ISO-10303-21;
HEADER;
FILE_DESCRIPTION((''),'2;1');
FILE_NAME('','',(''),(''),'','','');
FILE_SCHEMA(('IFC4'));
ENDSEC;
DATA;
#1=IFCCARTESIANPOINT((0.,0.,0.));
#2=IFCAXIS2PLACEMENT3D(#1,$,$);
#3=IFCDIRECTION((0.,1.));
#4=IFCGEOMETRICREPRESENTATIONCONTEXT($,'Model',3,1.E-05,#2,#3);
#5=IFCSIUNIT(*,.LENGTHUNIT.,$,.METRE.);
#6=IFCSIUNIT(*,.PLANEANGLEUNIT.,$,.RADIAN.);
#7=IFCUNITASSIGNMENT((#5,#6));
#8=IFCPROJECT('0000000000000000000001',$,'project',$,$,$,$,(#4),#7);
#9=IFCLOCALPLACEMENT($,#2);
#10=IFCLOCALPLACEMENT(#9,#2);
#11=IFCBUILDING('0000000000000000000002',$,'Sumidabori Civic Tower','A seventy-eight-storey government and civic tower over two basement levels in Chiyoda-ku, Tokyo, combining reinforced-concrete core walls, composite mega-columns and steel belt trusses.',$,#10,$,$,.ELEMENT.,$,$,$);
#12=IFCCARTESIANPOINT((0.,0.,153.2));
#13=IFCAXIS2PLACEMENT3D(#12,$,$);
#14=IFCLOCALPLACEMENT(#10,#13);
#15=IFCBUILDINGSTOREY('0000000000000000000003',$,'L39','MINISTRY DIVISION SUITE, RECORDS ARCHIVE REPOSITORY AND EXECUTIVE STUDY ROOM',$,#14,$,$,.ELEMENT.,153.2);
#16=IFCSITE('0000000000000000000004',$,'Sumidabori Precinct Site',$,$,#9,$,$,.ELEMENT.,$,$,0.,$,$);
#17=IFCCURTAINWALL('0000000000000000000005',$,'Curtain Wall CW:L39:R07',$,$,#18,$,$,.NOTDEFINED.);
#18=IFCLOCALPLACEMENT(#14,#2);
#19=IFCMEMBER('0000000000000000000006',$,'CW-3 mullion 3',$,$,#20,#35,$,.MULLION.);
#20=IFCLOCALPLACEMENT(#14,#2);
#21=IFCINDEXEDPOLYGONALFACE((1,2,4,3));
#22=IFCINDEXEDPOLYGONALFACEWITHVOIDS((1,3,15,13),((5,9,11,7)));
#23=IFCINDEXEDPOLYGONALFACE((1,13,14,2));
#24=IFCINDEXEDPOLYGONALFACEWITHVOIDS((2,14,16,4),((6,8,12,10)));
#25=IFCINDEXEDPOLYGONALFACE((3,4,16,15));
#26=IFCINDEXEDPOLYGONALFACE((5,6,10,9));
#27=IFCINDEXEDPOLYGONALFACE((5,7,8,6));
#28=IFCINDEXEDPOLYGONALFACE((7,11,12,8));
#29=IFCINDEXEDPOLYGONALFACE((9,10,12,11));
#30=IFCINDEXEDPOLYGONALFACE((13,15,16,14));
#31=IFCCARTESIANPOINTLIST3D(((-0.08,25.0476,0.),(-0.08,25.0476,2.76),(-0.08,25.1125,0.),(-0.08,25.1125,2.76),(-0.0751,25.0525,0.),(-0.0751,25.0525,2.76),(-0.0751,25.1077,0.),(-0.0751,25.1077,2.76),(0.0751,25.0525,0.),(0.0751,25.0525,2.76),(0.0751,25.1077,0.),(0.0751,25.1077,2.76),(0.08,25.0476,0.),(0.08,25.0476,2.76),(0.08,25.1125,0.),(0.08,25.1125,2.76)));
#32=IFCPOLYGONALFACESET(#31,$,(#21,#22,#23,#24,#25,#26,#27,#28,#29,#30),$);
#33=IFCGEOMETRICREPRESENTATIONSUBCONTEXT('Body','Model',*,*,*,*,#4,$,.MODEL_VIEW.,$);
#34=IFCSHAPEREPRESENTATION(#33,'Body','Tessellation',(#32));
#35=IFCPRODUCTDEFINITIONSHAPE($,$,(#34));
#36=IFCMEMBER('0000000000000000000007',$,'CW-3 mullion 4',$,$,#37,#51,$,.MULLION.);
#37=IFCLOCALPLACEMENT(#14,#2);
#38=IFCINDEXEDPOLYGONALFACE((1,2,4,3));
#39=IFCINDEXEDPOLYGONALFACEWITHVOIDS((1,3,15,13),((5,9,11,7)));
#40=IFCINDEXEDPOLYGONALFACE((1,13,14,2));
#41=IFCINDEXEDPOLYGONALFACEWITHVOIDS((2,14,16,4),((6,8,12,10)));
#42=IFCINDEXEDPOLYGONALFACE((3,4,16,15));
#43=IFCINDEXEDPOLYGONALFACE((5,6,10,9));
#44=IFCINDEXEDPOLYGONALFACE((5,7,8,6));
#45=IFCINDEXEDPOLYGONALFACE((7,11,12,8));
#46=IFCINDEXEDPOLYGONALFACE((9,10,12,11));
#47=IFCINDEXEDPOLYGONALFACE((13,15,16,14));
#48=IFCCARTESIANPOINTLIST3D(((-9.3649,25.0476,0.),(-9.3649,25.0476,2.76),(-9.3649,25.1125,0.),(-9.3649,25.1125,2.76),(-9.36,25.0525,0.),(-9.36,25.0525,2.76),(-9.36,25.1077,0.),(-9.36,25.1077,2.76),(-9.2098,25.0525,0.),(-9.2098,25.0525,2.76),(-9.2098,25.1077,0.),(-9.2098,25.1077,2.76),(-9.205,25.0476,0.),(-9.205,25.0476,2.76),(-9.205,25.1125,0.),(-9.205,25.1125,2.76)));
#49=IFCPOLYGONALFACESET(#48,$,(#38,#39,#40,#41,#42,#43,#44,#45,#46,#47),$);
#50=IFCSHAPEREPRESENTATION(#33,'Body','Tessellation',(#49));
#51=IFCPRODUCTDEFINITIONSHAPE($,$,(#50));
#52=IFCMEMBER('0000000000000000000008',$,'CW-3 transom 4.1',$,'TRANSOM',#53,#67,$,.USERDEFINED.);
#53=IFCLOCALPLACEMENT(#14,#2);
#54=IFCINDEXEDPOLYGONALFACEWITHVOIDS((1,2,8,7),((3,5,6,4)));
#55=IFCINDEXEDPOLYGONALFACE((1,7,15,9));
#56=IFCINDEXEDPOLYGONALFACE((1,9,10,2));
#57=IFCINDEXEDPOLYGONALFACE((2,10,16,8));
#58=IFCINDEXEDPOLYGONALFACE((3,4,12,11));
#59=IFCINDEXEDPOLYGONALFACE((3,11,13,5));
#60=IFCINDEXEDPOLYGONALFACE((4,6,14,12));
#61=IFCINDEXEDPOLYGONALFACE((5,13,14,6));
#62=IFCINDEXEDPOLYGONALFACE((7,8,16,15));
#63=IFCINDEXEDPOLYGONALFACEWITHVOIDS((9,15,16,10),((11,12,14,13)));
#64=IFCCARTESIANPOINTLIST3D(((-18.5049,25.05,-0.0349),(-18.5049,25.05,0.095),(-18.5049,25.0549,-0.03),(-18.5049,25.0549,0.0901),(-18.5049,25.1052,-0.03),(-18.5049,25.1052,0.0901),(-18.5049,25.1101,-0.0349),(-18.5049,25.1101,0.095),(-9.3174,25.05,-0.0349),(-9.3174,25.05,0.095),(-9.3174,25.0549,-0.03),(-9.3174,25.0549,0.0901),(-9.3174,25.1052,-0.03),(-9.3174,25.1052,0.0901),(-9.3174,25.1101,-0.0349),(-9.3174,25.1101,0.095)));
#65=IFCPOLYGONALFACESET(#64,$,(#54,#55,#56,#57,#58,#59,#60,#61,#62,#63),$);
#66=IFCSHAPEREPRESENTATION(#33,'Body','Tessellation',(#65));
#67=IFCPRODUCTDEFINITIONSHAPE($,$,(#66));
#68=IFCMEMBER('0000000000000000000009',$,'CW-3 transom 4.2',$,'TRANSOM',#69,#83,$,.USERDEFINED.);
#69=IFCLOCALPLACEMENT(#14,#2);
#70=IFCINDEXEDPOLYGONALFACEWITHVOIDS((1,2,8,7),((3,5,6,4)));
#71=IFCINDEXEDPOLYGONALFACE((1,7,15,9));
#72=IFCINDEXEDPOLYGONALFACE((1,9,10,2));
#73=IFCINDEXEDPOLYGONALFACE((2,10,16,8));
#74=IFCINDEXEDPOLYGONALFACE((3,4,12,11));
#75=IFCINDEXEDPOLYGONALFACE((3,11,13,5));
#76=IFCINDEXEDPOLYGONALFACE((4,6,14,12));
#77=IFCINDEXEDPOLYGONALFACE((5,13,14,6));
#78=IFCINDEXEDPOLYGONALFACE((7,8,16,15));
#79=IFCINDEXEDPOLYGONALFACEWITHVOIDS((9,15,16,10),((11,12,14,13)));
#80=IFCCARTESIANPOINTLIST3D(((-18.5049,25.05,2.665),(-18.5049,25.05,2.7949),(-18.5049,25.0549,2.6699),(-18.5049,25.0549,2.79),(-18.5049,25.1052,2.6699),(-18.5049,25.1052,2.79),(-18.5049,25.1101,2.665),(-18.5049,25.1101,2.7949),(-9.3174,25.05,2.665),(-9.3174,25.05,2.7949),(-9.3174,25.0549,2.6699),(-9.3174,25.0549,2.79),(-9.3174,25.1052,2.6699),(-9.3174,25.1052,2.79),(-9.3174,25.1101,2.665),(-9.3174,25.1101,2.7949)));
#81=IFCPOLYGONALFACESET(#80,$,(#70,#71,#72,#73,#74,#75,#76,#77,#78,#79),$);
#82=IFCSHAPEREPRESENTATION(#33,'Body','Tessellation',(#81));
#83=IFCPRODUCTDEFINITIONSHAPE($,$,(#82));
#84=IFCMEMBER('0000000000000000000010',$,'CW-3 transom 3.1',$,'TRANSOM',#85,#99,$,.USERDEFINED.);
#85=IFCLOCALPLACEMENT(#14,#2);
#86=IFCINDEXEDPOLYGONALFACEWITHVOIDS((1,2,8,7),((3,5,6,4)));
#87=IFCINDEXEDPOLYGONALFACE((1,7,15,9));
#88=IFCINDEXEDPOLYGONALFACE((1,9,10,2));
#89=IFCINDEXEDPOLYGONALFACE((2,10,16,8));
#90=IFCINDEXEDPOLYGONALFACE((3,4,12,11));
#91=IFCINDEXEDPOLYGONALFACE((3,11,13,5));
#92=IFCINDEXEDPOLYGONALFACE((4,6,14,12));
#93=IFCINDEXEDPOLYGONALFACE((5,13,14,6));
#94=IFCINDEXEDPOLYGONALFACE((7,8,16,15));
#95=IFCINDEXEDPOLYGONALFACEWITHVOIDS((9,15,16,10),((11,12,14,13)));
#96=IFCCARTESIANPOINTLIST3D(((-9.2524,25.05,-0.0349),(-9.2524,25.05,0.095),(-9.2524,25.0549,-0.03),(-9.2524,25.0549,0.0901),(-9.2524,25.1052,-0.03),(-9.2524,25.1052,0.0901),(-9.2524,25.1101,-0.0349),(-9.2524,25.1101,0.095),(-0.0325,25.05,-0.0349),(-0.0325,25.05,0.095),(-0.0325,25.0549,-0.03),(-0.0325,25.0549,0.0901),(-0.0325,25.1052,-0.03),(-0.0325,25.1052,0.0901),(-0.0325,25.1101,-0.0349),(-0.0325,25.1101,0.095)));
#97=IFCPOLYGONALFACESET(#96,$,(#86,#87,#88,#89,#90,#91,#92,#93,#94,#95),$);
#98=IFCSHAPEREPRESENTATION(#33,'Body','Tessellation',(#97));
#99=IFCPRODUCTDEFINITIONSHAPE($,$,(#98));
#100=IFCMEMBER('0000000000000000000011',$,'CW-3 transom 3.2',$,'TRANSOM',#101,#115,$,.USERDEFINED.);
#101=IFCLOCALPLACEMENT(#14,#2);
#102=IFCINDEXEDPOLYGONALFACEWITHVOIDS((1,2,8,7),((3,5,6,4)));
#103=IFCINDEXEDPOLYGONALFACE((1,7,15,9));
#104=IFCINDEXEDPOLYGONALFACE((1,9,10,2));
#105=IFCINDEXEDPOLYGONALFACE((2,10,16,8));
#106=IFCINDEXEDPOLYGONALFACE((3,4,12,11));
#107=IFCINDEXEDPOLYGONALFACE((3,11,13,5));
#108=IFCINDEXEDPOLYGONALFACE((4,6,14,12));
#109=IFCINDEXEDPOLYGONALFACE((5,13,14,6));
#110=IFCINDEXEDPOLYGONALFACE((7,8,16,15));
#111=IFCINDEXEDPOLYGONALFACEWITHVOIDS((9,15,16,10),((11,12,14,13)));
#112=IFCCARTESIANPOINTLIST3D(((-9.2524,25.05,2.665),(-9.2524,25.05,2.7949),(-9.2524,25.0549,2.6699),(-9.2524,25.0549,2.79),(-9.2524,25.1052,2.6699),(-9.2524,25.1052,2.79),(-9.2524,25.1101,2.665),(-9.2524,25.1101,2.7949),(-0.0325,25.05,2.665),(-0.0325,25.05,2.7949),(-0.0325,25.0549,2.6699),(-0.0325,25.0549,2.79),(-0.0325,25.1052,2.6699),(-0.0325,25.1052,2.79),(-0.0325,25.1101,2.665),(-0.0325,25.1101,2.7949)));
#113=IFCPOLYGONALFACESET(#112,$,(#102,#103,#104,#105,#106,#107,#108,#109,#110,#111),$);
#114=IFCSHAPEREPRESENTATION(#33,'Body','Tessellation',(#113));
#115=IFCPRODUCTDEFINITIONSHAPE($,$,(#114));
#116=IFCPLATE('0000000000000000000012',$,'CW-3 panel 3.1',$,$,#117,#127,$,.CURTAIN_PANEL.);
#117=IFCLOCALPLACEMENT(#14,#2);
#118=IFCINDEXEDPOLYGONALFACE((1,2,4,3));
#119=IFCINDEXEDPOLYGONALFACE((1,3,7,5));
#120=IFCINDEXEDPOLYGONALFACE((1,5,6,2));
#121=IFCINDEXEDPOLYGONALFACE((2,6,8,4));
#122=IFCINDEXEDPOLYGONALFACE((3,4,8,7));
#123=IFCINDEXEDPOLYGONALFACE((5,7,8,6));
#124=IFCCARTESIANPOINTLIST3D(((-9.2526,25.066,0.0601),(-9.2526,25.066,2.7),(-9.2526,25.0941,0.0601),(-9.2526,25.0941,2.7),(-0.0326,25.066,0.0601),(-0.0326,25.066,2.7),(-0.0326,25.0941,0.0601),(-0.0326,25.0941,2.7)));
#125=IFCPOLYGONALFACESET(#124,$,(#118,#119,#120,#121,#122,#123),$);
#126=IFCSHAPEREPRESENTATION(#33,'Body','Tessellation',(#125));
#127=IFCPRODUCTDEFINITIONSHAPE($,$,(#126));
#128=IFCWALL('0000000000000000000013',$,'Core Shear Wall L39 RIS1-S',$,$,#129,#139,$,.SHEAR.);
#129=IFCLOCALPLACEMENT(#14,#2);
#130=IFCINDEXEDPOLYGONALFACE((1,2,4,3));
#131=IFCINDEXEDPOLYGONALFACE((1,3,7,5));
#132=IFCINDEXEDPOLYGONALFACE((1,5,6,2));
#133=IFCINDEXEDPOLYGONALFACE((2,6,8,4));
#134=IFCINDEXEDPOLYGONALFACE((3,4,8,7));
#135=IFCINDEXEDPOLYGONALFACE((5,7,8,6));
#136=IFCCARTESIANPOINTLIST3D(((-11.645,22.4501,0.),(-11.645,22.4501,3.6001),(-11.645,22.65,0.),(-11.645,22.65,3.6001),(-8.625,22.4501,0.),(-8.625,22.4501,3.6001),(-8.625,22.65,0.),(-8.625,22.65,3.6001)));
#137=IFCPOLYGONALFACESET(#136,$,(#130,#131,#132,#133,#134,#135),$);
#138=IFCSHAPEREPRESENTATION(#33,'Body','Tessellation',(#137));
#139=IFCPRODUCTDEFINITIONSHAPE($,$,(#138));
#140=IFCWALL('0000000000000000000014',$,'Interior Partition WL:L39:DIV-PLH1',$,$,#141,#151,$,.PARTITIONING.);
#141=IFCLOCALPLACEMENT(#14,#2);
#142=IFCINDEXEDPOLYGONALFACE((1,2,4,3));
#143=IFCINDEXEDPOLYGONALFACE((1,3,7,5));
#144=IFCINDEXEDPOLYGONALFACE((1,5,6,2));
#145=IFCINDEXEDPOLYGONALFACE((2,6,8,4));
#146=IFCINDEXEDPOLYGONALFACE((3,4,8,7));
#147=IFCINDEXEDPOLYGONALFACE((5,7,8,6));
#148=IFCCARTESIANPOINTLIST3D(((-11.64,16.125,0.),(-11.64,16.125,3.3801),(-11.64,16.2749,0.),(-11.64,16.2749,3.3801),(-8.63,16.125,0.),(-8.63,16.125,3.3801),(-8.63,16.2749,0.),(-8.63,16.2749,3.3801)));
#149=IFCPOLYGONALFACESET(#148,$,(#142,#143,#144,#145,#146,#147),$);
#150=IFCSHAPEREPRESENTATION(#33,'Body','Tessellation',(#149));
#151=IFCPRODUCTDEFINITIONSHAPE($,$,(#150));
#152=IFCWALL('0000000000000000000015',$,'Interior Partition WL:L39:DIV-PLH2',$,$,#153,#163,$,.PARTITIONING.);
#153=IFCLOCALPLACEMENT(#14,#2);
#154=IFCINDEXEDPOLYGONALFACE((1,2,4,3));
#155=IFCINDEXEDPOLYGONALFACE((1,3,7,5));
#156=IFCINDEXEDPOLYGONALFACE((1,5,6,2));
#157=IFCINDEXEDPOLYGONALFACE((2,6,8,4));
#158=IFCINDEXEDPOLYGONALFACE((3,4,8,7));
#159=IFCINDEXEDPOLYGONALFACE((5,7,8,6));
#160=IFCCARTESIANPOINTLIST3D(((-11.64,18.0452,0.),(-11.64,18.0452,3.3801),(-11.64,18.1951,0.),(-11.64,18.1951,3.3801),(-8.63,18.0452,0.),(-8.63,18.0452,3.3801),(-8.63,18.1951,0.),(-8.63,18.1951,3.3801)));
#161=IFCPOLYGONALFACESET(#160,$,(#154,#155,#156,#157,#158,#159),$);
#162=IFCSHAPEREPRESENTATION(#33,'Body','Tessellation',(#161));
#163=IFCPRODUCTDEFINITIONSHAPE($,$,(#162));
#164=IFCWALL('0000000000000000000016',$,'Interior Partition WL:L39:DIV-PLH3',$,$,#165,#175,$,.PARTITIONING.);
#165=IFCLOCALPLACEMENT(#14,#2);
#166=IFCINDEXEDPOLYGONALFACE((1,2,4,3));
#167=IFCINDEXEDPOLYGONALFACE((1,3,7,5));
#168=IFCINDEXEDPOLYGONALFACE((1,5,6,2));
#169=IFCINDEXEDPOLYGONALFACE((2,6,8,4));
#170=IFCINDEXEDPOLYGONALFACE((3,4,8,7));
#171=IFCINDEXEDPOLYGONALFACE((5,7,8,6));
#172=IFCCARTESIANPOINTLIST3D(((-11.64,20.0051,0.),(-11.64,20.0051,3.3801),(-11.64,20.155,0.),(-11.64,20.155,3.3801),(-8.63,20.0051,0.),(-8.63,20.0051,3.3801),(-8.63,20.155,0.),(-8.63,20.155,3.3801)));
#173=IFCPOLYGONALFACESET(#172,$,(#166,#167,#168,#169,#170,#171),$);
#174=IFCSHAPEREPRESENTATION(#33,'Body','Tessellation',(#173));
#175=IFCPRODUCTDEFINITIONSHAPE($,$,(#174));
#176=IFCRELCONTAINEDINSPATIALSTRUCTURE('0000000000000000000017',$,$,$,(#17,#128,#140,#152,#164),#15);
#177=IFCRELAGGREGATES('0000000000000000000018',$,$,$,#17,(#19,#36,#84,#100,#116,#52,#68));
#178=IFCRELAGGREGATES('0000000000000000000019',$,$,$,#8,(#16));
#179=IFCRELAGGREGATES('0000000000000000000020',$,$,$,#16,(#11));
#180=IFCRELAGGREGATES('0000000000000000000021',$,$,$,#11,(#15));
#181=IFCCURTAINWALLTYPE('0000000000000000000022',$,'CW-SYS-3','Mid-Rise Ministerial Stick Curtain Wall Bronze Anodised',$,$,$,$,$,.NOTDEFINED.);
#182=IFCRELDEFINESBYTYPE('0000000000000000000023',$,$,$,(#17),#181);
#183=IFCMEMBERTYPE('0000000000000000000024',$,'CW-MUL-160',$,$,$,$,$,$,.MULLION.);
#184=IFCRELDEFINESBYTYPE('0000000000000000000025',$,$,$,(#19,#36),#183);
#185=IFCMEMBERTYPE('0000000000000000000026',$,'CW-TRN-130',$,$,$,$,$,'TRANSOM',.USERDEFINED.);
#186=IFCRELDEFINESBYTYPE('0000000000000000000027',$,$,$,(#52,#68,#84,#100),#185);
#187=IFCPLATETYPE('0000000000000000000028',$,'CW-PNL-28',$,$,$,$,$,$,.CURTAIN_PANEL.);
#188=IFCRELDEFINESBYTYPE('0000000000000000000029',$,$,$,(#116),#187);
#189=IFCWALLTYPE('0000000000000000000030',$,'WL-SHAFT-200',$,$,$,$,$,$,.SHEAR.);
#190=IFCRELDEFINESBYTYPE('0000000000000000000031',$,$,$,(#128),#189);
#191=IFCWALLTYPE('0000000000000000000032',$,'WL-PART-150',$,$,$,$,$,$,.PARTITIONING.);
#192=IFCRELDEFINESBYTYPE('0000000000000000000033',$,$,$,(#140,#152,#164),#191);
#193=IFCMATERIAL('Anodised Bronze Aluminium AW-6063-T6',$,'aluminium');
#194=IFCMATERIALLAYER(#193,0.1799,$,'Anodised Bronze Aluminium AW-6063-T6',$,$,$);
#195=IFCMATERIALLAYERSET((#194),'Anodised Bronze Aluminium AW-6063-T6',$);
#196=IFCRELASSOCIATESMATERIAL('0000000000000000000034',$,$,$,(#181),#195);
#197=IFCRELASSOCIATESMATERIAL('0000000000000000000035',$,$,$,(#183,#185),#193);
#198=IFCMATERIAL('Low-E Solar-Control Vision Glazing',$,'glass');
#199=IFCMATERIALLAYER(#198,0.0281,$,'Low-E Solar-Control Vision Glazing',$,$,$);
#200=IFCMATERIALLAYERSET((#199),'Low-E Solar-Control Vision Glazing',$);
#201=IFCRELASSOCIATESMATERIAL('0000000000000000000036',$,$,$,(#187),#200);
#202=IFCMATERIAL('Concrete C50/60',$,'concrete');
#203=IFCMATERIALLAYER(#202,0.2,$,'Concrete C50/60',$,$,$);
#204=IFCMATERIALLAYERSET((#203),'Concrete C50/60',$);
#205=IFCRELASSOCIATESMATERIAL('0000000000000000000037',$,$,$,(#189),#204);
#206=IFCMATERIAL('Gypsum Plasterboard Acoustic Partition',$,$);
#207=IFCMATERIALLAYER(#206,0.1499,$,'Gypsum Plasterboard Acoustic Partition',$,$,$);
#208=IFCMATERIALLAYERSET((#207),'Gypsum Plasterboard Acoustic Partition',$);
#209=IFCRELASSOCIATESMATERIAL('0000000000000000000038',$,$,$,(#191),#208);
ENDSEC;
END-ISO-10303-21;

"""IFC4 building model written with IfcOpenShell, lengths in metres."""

from ifc_helpers import new_model, si_unit, direction, frame, frame_2d, origin, origin_2d, place, context, subcontext, project, spatial, rectangle, hollow_rectangle, extrude, source, transform, mapped, material, layer, layer_set, material_profile, profile_set, type_object, element, aggregate, save


model = new_model("IFC4")

# Units and contexts
model_context = context("Model", 3, precision=1e-05, world=origin(), true_north=direction((0.0, 1.0)))
body_context = subcontext(model_context, "Body", "Model", "MODEL_VIEW")
ifc_project = project(units=[si_unit("LENGTHUNIT", "METRE"), si_unit("PLANEANGLEUNIT", "RADIAN")], contexts=[model_context])

# Site, building, storey
site_placement = place(None, origin())
site = spatial("IfcSite", under=ifc_project, at=site_placement, Name="Sumidabori Precinct Site", CompositionType="ELEMENT", RefElevation=0.0)
building_placement = place(site_placement, origin())
building = spatial("IfcBuilding", under=site, at=building_placement, Name="Sumidabori Civic Tower", Description="A seventy-eight-storey government and civic tower over two basement levels in Chiyoda-ku, Tokyo, combining reinforced-concrete core walls, composite mega-columns and steel belt trusses.", CompositionType="ELEMENT")
storey_placement = place(building_placement, frame((0.0, 0.0, 153.2)))
storey = spatial("IfcBuildingStorey", under=building, at=storey_placement, Name="L39", Description="MINISTRY DIVISION SUITE, RECORDS ARCHIVE REPOSITORY AND EXECUTIVE STUDY ROOM", CompositionType="ELEMENT", Elevation=153.2)

# Curtain wall, members, plate
ifc_material_1 = material(Name="Anodised Bronze Aluminium AW-6063-T6", Category="aluminium")
ifc_layer_1 = layer(ifc_material_1, 0.1799, Name="Anodised Bronze Aluminium AW-6063-T6")
ifc_layer_set_1 = layer_set([ifc_layer_1], Name="Anodised Bronze Aluminium AW-6063-T6")
curtain_wall_type = type_object("IfcCurtainWallType", Name="CW-SYS-3", Description="Mid-Rise Ministerial Stick Curtain Wall Bronze Anodised", PredefinedType="NOTDEFINED", material=ifc_layer_set_1)
curtain_wall_placement = place(storey_placement, origin())
curtain_wall = element("IfcCurtainWall", 1, at=curtain_wall_placement, inside=storey, type_object=curtain_wall_type, Name="Curtain Wall CW:L39:R07", PredefinedType="NOTDEFINED")
ifc_material_profile_1 = material_profile(ifc_material_1, hollow_rectangle(XDim=0.0649, YDim=0.1599, WallThickness=0.0049, at=origin_2d()), Name="ALU MULLION 160x65")
ifc_profile_set_1 = profile_set([ifc_material_profile_1], Name="Anodised Bronze Aluminium AW-6063-T6")
member_type_1 = type_object("IfcMemberType", Name="CW-MUL-160", PredefinedType="MULLION", material=ifc_profile_set_1)
shared_shape_1 = source(origin(), body_context, "Body", "SweptSolid", [
    extrude(hollow_rectangle(XDim=0.0649, YDim=0.1599, WallThickness=0.0049, at=origin_2d()), origin(), (0.0, 0.0, 1.0), 2.76),
])
member_1_placement = place(storey_placement, frame((0.0, 25.0801, 0.0), z_axis=(0.0, 0.0, 1.0), x_axis=(0.0, -1.0, 0.0)))
member_1 = element("IfcMember", 2, at=member_1_placement, type_object=member_type_1, Name="CW-3 mullion 3", PredefinedType="MULLION", context=body_context, shape_type="MappedRepresentation", body=[
    mapped(shared_shape_1, transform((0.0, 0.0, 0.0), x_axis=(1.0, 0.0, 0.0), y_axis=(0.0, 1.0, 0.0), z_axis=(0.0, 0.0, 1.0), scale=1.0)),
])
member_2_placement = place(storey_placement, frame((-9.2849, 25.0801, 0.0), z_axis=(0.0, 0.0, 1.0), x_axis=(0.0, -1.0, 0.0)))
member_2 = element("IfcMember", 3, at=member_2_placement, type_object=member_type_1, Name="CW-3 mullion 4", PredefinedType="MULLION", context=body_context, shape_type="MappedRepresentation", body=[
    mapped(shared_shape_1, transform((0.0, 0.0, 0.0), x_axis=(1.0, 0.0, 0.0), y_axis=(0.0, 1.0, 0.0), z_axis=(0.0, 0.0, 1.0), scale=1.0)),
])
ifc_material_profile_2 = material_profile(ifc_material_1, hollow_rectangle(XDim=0.0601, YDim=0.1299, WallThickness=0.0049, at=origin_2d()), Name="ALU TRANSOM 130x60")
ifc_profile_set_2 = profile_set([ifc_material_profile_2], Name="Anodised Bronze Aluminium AW-6063-T6")
member_type_2 = type_object("IfcMemberType", Name="CW-TRN-130", ElementType="TRANSOM", PredefinedType="USERDEFINED", material=ifc_profile_set_2)
shared_shape_2 = source(origin(), body_context, "Body", "SweptSolid", [
    extrude(hollow_rectangle(XDim=0.0601, YDim=0.1299, WallThickness=0.0049, at=origin_2d()), origin(), (0.0, 0.0, 1.0), 9.1875),
])
member_3_placement = place(storey_placement, frame((-9.3174, 25.0801, 0.03), z_axis=(-1.0, 0.0, 0.0), x_axis=(0.0, -1.0, 0.0)))
member_3 = element("IfcMember", 4, at=member_3_placement, type_object=member_type_2, Name="CW-3 transom 4.1", ObjectType="TRANSOM", PredefinedType="USERDEFINED", context=body_context, shape_type="MappedRepresentation", body=[
    mapped(shared_shape_2, transform((0.0, 0.0, 0.0), x_axis=(1.0, 0.0, 0.0), y_axis=(0.0, 1.0, 0.0), z_axis=(0.0, 0.0, 1.0), scale=1.0)),
])
member_4_placement = place(storey_placement, frame((-9.3174, 25.0801, 2.73), z_axis=(-1.0, 0.0, 0.0), x_axis=(0.0, -1.0, 0.0)))
member_4 = element("IfcMember", 5, at=member_4_placement, type_object=member_type_2, Name="CW-3 transom 4.2", ObjectType="TRANSOM", PredefinedType="USERDEFINED", context=body_context, shape_type="MappedRepresentation", body=[
    mapped(shared_shape_2, transform((0.0, 0.0, 0.0), x_axis=(1.0, 0.0, 0.0), y_axis=(0.0, 1.0, 0.0), z_axis=(0.0, 0.0, 1.0), scale=1.0)),
])
shared_shape_3 = source(origin(), body_context, "Body", "SweptSolid", [
    extrude(hollow_rectangle(XDim=0.0601, YDim=0.1299, WallThickness=0.0049, at=origin_2d()), origin(), (0.0, 0.0, 1.0), 9.22),
])
member_5_placement = place(storey_placement, frame((-0.0325, 25.0801, 0.03), z_axis=(-1.0, 0.0, 0.0), x_axis=(0.0, -1.0, 0.0)))
member_5 = element("IfcMember", 6, at=member_5_placement, type_object=member_type_2, Name="CW-3 transom 3.1", ObjectType="TRANSOM", PredefinedType="USERDEFINED", context=body_context, shape_type="MappedRepresentation", body=[
    mapped(shared_shape_3, transform((0.0, 0.0, 0.0), x_axis=(1.0, 0.0, 0.0), y_axis=(0.0, 1.0, 0.0), z_axis=(0.0, 0.0, 1.0), scale=1.0)),
])
member_6_placement = place(storey_placement, frame((-0.0325, 25.0801, 2.73), z_axis=(-1.0, 0.0, 0.0), x_axis=(0.0, -1.0, 0.0)))
member_6 = element("IfcMember", 7, at=member_6_placement, type_object=member_type_2, Name="CW-3 transom 3.2", ObjectType="TRANSOM", PredefinedType="USERDEFINED", context=body_context, shape_type="MappedRepresentation", body=[
    mapped(shared_shape_3, transform((0.0, 0.0, 0.0), x_axis=(1.0, 0.0, 0.0), y_axis=(0.0, 1.0, 0.0), z_axis=(0.0, 0.0, 1.0), scale=1.0)),
])
ifc_material_2 = material(Name="Low-E Solar-Control Vision Glazing", Category="glass")
ifc_layer_2 = layer(ifc_material_2, 0.0281, Name="Low-E Solar-Control Vision Glazing")
ifc_layer_set_2 = layer_set([ifc_layer_2], Name="Low-E Solar-Control Vision Glazing")
plate_type = type_object("IfcPlateType", Name="CW-PNL-28", PredefinedType="CURTAIN_PANEL", material=ifc_layer_set_2)
shared_shape_4 = source(origin(), body_context, "Body", "SweptSolid", [
    extrude(rectangle(XDim=9.22, YDim=0.0281, at=origin_2d()), origin(), (0.0, 0.0, 1.0), 2.6399),
])
plate_placement = place(storey_placement, frame((-4.6426, 25.0801, 0.0601), z_axis=(0.0, 0.0, 1.0), x_axis=(-1.0, 0.0, 0.0)))
plate = element("IfcPlate", 8, at=plate_placement, type_object=plate_type, Name="CW-3 panel 3.1", PredefinedType="CURTAIN_PANEL", context=body_context, shape_type="MappedRepresentation", body=[
    mapped(shared_shape_4, transform((0.0, 0.0, 0.0), x_axis=(1.0, 0.0, 0.0), y_axis=(0.0, 1.0, 0.0), z_axis=(0.0, 0.0, 1.0), scale=1.0)),
])
aggregate(curtain_wall, [member_1, member_2, member_5, member_6, plate, member_3, member_4])

# Walls
ifc_material_3 = material(Name="Concrete C50/60", Category="concrete")
ifc_layer_3 = layer(ifc_material_3, 0.2, Name="Concrete C50/60")
ifc_layer_set_3 = layer_set([ifc_layer_3], Name="Concrete C50/60")
wall_type_1 = type_object("IfcWallType", Name="WL-SHAFT-200", PredefinedType="SHEAR", material=ifc_layer_set_3)
shared_shape_5 = source(origin(), body_context, "Body", "SweptSolid", [
    extrude(rectangle(XDim=3.02, YDim=0.2, at=frame_2d((1.51, 0.0))), origin(), (0.0, 0.0, 1.0), 3.6001),
])
wall_1_placement = place(storey_placement, frame((-11.645, 22.55, 0.0), z_axis=(0.0, 0.0, 1.0), x_axis=(1.0, 0.0, 0.0)))
element("IfcWall", 9, at=wall_1_placement, inside=storey, type_object=wall_type_1, Name="Core Shear Wall L39 RIS1-S", PredefinedType="SHEAR", context=body_context, shape_type="MappedRepresentation", body=[
    mapped(shared_shape_5, transform((0.0, 0.0, 0.0), x_axis=(1.0, 0.0, 0.0), y_axis=(0.0, 1.0, 0.0), z_axis=(0.0, 0.0, 1.0), scale=1.0)),
])
ifc_material_4 = material(Name="Gypsum Plasterboard Acoustic Partition")
ifc_layer_4 = layer(ifc_material_4, 0.1499, Name="Gypsum Plasterboard Acoustic Partition")
ifc_layer_set_4 = layer_set([ifc_layer_4], Name="Gypsum Plasterboard Acoustic Partition")
wall_type_2 = type_object("IfcWallType", Name="WL-PART-150", PredefinedType="PARTITIONING", material=ifc_layer_set_4)
shared_shape_6 = source(origin(), body_context, "Body", "SweptSolid", [
    extrude(rectangle(XDim=3.01, YDim=0.1499, at=frame_2d((1.5049, 0.0))), origin(), (0.0, 0.0, 1.0), 3.3801),
])
for number, where, z_axis, x_axis, name in (
    (10, (-11.6399, 16.2, 0.0), (0.0, 0.0, 1.0), (1.0, 0.0, 0.0), "Interior Partition WL:L39:DIV-PLH1"),
    (11, (-11.6399, 18.1201, 0.0), (0.0, 0.0, 1.0), (1.0, 0.0, 0.0), "Interior Partition WL:L39:DIV-PLH2"),
    (12, (-11.6399, 20.0801, 0.0), (0.0, 0.0, 1.0), (1.0, 0.0, 0.0), "Interior Partition WL:L39:DIV-PLH3"),
):
    element("IfcWall", number, at=place(storey_placement, frame(where, z_axis=z_axis, x_axis=x_axis)), inside=storey, type_object=wall_type_2, Name=name, PredefinedType="PARTITIONING", context=body_context, shape_type="MappedRepresentation", body=[
        mapped(shared_shape_6, transform((0.0, 0.0, 0.0), x_axis=(1.0, 0.0, 0.0), y_axis=(0.0, 1.0, 0.0), z_axis=(0.0, 0.0, 1.0), scale=1.0)),
    ])

save(model, "model.ifc")
